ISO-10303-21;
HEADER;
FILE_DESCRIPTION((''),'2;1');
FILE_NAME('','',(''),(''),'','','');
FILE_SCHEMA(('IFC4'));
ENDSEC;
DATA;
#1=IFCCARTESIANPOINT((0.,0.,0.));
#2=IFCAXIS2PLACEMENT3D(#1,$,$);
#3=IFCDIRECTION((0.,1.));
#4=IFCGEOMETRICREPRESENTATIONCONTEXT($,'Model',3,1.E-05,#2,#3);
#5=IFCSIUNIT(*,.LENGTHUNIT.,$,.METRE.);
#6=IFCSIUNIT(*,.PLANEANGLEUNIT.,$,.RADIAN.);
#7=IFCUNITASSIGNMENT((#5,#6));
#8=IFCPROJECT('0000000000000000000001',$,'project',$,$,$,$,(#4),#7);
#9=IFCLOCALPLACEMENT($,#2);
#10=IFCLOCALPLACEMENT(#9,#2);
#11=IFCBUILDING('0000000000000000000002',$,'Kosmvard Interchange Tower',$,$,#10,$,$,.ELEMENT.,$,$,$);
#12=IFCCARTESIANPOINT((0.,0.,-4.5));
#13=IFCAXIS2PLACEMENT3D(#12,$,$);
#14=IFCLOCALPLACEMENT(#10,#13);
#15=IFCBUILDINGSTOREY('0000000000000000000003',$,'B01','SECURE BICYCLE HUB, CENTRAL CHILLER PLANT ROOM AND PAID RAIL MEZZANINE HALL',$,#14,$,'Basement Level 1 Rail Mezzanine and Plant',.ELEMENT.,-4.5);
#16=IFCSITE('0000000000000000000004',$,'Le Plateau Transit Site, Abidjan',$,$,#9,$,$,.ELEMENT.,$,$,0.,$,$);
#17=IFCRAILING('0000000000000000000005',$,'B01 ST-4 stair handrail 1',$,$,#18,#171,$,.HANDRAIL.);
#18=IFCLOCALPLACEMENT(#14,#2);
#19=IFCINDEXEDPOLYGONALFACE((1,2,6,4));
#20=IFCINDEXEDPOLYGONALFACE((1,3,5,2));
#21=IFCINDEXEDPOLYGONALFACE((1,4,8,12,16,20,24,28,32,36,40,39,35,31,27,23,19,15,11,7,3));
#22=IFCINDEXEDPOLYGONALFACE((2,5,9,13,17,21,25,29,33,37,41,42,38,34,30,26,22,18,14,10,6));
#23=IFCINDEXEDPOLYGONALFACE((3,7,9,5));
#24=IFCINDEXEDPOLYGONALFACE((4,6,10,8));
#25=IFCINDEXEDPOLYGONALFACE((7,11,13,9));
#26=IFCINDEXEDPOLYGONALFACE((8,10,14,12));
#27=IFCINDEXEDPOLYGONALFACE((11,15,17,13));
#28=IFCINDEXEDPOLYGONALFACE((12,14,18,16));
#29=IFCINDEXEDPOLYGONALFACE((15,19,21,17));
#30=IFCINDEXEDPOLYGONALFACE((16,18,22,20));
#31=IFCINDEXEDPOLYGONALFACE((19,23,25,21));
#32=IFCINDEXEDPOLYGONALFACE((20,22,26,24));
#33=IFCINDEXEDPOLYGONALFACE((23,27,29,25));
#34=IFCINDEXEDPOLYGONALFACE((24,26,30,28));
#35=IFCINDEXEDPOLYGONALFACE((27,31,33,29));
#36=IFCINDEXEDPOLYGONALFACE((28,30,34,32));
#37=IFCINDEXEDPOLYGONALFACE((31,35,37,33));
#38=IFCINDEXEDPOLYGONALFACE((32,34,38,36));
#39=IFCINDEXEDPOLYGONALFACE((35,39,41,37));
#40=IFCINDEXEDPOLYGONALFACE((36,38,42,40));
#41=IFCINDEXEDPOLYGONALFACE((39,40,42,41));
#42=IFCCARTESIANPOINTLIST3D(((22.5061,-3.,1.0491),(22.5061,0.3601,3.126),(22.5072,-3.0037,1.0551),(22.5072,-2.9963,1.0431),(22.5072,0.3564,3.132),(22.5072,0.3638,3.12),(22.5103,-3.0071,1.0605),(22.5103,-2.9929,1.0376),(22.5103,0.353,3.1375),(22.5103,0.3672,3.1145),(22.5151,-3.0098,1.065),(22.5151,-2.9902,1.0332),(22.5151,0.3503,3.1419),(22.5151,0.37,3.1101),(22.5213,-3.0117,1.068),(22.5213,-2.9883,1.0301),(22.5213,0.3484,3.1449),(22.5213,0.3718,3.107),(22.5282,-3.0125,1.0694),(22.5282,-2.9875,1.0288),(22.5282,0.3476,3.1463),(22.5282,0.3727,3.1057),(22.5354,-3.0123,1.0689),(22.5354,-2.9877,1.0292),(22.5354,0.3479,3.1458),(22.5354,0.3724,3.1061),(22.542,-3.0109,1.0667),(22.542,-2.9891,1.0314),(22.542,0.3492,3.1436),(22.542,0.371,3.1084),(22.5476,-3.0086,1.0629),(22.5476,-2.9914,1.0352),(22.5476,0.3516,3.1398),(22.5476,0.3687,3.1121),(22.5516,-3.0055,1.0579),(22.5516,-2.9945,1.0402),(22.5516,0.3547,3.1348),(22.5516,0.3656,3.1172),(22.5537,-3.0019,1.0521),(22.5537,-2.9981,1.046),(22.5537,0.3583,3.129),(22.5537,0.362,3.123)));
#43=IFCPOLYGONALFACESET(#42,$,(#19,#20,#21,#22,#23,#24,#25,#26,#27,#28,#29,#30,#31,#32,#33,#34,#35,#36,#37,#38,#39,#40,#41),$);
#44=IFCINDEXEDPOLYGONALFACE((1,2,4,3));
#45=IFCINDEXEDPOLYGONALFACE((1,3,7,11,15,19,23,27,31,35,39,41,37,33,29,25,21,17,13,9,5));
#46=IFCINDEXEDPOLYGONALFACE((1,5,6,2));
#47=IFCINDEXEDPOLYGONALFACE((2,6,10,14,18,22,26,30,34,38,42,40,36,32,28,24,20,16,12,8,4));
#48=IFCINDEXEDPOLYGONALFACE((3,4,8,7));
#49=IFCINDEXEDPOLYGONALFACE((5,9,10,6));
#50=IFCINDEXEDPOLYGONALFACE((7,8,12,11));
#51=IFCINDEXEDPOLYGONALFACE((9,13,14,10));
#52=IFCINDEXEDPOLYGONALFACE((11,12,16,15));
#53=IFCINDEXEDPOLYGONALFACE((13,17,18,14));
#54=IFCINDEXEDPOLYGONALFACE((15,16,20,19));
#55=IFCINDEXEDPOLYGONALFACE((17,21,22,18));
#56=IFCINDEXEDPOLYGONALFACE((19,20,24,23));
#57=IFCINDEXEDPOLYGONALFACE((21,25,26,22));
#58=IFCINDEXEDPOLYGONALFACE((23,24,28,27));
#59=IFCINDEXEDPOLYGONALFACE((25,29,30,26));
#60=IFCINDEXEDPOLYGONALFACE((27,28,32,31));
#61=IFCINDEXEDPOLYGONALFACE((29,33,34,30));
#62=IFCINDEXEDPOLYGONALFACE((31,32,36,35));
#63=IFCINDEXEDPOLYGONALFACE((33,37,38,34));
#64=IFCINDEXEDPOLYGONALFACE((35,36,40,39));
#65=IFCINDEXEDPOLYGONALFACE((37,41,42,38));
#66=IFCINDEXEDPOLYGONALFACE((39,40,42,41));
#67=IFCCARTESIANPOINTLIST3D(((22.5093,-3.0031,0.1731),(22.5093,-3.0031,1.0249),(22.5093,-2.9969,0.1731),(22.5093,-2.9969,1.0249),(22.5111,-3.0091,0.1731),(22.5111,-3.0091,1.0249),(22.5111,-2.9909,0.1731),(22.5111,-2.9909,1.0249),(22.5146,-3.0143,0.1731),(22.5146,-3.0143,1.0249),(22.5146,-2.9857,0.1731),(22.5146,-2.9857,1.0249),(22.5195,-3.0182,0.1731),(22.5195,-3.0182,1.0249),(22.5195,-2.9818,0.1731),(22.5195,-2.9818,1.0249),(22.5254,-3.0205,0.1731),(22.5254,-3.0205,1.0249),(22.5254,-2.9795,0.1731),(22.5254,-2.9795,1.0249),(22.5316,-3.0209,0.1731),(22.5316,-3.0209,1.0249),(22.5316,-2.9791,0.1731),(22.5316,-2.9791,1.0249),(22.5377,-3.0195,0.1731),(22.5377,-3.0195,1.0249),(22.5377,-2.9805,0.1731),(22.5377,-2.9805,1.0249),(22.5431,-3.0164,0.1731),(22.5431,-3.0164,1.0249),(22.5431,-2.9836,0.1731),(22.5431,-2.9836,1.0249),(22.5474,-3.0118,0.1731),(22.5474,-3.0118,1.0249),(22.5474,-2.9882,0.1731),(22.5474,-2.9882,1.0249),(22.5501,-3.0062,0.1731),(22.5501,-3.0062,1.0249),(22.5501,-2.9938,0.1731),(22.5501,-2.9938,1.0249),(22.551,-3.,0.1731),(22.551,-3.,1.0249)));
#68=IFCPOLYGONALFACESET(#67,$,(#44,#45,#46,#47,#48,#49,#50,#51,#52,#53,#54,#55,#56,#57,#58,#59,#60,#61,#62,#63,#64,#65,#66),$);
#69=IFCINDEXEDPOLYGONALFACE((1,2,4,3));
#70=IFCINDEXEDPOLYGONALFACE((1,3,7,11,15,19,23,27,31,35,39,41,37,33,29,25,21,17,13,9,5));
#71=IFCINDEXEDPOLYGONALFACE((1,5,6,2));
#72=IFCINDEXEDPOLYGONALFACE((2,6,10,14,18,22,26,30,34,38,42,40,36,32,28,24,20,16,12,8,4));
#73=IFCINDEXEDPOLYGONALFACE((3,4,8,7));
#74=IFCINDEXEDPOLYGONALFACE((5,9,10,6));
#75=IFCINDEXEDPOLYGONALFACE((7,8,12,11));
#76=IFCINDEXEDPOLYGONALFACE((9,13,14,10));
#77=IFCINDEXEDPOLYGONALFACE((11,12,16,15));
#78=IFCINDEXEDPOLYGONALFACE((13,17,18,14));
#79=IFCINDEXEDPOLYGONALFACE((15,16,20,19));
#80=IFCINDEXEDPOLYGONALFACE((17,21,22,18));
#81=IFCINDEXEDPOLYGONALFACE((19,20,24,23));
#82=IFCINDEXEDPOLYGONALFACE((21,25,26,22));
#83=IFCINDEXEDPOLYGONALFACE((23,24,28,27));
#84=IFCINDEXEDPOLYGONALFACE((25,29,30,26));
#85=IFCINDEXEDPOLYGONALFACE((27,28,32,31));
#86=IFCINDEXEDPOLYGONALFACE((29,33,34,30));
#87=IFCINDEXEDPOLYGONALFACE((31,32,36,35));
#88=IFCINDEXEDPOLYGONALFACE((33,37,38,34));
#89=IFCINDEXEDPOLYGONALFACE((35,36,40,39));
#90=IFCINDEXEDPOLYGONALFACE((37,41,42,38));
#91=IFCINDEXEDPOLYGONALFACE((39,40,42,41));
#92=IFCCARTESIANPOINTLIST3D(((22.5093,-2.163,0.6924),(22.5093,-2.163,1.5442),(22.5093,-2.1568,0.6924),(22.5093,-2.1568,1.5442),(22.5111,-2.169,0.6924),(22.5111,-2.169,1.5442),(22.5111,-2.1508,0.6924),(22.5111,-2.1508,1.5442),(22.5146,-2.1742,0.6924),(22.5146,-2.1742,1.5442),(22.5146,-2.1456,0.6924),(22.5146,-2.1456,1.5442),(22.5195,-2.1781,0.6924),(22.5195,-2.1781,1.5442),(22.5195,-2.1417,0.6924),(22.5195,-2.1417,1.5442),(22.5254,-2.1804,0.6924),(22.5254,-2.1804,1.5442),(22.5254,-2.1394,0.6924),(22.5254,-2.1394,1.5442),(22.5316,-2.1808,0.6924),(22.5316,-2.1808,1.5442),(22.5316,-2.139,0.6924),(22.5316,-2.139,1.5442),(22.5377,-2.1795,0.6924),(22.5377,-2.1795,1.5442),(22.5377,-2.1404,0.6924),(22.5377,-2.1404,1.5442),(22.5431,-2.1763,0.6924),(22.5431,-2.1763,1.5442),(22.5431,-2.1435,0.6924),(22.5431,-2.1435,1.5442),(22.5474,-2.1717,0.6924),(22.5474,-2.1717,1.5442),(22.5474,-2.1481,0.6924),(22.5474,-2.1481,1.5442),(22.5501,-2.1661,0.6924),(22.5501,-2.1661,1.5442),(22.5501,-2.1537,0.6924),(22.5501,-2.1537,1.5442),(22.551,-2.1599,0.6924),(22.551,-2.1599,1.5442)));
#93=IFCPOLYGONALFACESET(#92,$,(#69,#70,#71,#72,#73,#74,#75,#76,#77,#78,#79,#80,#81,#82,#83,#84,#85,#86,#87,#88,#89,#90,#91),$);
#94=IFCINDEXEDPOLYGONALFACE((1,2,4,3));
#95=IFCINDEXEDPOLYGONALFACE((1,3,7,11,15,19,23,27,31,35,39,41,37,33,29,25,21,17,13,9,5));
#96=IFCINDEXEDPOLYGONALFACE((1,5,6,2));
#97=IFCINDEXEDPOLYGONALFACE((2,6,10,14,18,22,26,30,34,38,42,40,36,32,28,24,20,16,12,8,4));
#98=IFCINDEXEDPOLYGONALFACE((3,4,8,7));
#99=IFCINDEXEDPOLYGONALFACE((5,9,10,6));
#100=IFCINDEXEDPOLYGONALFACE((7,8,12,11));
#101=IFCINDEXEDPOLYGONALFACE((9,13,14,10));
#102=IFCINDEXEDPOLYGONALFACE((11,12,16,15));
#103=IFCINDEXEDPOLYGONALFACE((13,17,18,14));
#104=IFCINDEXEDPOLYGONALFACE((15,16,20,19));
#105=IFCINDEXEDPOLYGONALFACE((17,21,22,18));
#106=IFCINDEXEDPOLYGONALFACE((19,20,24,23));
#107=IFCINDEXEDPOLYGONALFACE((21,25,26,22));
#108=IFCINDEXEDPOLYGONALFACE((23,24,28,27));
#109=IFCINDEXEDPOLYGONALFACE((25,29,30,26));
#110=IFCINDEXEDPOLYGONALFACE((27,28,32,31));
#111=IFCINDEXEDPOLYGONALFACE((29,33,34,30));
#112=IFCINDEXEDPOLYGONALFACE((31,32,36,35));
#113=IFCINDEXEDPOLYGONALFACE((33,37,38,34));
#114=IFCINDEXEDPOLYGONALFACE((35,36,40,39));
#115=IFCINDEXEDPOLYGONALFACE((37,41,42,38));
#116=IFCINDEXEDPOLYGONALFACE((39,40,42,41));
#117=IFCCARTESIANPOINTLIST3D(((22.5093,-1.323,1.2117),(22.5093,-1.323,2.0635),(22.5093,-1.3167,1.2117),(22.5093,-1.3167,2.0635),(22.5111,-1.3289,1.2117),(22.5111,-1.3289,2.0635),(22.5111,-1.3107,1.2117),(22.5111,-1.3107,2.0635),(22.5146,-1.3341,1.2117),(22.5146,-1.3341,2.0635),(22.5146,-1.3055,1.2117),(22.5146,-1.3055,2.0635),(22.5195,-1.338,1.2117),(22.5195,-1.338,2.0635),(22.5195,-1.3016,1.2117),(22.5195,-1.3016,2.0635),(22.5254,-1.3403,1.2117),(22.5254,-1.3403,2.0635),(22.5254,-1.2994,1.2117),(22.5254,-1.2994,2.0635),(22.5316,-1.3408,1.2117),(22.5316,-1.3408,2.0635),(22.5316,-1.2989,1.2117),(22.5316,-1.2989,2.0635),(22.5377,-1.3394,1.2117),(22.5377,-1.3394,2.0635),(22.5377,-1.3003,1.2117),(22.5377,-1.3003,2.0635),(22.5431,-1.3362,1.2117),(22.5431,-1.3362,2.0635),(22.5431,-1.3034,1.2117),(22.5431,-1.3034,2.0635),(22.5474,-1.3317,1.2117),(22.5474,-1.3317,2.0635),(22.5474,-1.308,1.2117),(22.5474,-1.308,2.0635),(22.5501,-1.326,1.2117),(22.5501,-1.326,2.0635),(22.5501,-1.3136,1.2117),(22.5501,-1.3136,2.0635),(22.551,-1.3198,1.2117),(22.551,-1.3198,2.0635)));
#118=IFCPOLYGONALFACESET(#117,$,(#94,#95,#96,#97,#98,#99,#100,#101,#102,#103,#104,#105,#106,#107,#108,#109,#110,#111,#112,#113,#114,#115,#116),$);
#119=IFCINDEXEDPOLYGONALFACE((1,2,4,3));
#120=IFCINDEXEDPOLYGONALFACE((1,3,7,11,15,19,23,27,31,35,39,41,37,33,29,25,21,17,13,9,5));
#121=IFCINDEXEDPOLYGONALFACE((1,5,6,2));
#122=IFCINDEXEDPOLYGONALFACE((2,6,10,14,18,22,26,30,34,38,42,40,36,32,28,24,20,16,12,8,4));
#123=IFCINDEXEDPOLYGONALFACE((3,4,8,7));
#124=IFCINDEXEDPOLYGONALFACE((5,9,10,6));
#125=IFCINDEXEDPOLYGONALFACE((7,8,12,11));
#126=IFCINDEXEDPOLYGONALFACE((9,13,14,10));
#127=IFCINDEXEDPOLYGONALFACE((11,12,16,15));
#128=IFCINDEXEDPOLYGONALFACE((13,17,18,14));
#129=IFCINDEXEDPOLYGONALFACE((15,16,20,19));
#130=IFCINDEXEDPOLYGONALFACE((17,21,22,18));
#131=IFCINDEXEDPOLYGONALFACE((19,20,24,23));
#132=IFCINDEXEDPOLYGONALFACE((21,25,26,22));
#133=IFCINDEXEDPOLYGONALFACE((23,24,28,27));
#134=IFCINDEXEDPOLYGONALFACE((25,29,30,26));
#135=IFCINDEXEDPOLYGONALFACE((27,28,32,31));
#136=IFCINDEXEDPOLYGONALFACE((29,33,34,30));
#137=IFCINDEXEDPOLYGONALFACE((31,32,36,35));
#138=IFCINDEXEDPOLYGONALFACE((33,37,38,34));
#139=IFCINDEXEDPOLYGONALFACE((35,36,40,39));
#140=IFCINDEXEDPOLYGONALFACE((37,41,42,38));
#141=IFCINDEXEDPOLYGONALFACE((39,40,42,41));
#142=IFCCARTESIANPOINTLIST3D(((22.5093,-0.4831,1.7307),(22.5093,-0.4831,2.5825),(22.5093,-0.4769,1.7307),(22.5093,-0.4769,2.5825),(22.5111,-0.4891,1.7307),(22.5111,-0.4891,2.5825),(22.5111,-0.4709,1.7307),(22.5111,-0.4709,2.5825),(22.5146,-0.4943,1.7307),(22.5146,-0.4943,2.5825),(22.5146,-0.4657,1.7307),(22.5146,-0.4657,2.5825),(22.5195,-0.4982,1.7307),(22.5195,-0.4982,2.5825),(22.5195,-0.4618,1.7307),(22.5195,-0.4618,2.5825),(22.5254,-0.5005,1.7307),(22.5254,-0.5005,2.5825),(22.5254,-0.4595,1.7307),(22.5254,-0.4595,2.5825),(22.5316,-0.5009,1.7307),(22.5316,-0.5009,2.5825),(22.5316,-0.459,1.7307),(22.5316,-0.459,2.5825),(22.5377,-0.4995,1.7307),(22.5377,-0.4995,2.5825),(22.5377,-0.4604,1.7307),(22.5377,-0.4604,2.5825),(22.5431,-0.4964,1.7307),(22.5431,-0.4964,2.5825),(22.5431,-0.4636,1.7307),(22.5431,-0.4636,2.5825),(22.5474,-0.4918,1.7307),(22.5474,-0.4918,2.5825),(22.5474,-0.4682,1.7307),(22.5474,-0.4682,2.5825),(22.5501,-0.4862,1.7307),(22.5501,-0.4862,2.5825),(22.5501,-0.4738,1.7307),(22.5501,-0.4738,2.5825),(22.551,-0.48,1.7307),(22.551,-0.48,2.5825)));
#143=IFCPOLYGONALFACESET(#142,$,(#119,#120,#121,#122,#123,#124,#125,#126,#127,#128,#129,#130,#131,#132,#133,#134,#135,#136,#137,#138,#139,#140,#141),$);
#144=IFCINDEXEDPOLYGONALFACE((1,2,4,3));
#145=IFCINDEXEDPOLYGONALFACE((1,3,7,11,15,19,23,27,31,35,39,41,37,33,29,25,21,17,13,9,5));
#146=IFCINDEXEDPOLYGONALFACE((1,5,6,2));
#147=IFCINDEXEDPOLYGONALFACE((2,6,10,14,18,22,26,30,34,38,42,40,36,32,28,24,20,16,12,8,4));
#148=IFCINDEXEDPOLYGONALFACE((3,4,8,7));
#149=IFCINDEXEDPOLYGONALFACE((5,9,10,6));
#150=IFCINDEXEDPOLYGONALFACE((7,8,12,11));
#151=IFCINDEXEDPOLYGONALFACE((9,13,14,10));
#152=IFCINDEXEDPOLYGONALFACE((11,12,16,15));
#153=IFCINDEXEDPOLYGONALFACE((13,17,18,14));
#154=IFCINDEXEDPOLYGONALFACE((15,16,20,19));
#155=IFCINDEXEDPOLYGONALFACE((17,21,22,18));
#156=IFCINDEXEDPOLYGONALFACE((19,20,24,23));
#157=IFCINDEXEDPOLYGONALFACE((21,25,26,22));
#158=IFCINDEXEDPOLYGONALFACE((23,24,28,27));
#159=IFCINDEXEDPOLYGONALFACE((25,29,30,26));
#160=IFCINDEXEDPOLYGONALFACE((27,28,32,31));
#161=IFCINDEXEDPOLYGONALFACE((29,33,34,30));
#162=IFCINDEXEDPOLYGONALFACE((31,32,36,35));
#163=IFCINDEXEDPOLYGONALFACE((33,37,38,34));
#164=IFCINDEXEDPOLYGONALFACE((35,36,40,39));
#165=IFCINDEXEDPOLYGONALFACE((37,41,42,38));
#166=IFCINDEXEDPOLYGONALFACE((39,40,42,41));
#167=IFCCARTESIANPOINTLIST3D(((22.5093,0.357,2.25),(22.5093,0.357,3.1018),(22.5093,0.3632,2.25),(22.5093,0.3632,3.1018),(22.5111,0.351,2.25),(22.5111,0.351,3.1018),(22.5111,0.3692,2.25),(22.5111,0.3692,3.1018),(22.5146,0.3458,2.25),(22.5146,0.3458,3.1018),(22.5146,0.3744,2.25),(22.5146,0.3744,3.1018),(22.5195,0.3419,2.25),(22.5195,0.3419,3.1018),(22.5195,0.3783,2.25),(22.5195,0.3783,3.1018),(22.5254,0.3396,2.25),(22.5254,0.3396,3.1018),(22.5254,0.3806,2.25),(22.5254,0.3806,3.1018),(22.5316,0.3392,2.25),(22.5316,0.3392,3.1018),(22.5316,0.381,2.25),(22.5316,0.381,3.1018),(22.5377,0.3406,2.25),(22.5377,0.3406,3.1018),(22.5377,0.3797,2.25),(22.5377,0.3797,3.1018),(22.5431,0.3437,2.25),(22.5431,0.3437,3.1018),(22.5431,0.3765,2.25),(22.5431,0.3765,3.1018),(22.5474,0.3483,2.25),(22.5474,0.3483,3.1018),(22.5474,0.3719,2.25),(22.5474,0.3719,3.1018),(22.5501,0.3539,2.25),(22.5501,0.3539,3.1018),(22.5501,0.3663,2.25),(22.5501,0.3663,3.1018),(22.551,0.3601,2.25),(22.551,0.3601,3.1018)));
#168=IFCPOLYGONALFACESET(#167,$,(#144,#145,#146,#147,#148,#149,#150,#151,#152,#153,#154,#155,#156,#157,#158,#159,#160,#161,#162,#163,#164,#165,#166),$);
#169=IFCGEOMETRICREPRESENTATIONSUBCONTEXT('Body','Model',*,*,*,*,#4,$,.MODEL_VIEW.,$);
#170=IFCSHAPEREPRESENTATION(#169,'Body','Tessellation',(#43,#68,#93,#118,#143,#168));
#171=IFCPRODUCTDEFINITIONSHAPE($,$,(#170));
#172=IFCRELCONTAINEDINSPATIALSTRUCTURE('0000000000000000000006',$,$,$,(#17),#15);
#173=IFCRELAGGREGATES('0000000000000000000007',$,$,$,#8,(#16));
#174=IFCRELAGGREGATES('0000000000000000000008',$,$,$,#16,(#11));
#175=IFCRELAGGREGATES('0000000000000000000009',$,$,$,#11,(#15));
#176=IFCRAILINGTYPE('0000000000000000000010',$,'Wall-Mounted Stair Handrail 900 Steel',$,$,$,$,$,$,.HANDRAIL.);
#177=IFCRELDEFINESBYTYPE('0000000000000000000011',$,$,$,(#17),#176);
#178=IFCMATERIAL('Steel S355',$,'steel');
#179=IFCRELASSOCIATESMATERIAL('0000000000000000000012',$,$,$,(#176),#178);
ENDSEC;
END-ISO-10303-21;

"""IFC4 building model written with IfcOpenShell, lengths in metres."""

from ifc_helpers import new_model, si_unit, direction, frame, origin, origin_2d, place, context, subcontext, project, spatial, circle, extrude, source, transform, mapped, material, type_object, element, save


model = new_model("IFC4")

# Units and contexts
model_context = context("Model", 3, precision=1e-05, world=origin(), true_north=direction((0.0, 1.0)))
body_context = subcontext(model_context, "Body", "Model", "MODEL_VIEW")
ifc_project = project(units=[si_unit("LENGTHUNIT", "METRE"), si_unit("PLANEANGLEUNIT", "RADIAN")], contexts=[model_context])

# Site, building, storey
site_placement = place(None, origin())
site = spatial("IfcSite", under=ifc_project, at=site_placement, Name="Le Plateau Transit Site, Abidjan", CompositionType="ELEMENT", RefElevation=0.0)
building_placement = place(site_placement, origin())
building = spatial("IfcBuilding", under=site, at=building_placement, Name="Kosmvard Interchange Tower", CompositionType="ELEMENT")
storey_placement = place(building_placement, frame((0.0, 0.0, -4.5)))
storey = spatial("IfcBuildingStorey", under=building, at=storey_placement, Name="B01", Description="SECURE BICYCLE HUB, CENTRAL CHILLER PLANT ROOM AND PAID RAIL MEZZANINE HALL", LongName="Basement Level 1 Rail Mezzanine and Plant", CompositionType="ELEMENT", Elevation=-4.5)

# Shared definitions
ifc_material_1 = material(Name="Steel S355", Category="steel")

# Railing
railing_type_1 = type_object("IfcRailingType", Name="Wall-Mounted Stair Handrail 900 Steel", PredefinedType="HANDRAIL", material=ifc_material_1)
shared_shape_1 = source(origin(), body_context, "Body", "SweptSolid", [
    extrude(circle(Radius=0.0239, at=origin_2d()), frame((0.0, 0.0, 0.876), z_axis=(0.0, 0.850623, 0.525776), x_axis=(-1.0, 0.0, 0.0)), (0.0, 0.0, 1.0), 3.9502),
    extrude(circle(Radius=0.021, at=origin_2d()), origin(), (0.0, 0.0, 1.0), 0.8518),
    extrude(circle(Radius=0.021, at=origin_2d()), frame((0.0, 0.8401, 0.5193)), (0.0, 0.0, 1.0), 0.8518),
    extrude(circle(Radius=0.021, at=origin_2d()), frame((0.0, 1.6802, 1.0386)), (0.0, 0.0, 1.0), 0.8518),
    extrude(circle(Radius=0.021, at=origin_2d()), frame((0.0, 2.52, 1.5576)), (0.0, 0.0, 1.0), 0.8518),
    extrude(circle(Radius=0.021, at=origin_2d()), frame((0.0, 3.3601, 2.0769)), (0.0, 0.0, 1.0), 0.8518),
])
railing_1_placement = place(storey_placement, frame((22.53, -3.0, 0.1731)))
element("IfcRailing", 1, at=railing_1_placement, inside=storey, type_object=railing_type_1, Name="B01 ST-4 stair handrail 1", PredefinedType="HANDRAIL", context=body_context, shape_type="MappedRepresentation", body=[
    mapped(shared_shape_1, transform((0.0, 0.0, 0.0), scale=1.0)),
])

save(model, "model.ifc")
